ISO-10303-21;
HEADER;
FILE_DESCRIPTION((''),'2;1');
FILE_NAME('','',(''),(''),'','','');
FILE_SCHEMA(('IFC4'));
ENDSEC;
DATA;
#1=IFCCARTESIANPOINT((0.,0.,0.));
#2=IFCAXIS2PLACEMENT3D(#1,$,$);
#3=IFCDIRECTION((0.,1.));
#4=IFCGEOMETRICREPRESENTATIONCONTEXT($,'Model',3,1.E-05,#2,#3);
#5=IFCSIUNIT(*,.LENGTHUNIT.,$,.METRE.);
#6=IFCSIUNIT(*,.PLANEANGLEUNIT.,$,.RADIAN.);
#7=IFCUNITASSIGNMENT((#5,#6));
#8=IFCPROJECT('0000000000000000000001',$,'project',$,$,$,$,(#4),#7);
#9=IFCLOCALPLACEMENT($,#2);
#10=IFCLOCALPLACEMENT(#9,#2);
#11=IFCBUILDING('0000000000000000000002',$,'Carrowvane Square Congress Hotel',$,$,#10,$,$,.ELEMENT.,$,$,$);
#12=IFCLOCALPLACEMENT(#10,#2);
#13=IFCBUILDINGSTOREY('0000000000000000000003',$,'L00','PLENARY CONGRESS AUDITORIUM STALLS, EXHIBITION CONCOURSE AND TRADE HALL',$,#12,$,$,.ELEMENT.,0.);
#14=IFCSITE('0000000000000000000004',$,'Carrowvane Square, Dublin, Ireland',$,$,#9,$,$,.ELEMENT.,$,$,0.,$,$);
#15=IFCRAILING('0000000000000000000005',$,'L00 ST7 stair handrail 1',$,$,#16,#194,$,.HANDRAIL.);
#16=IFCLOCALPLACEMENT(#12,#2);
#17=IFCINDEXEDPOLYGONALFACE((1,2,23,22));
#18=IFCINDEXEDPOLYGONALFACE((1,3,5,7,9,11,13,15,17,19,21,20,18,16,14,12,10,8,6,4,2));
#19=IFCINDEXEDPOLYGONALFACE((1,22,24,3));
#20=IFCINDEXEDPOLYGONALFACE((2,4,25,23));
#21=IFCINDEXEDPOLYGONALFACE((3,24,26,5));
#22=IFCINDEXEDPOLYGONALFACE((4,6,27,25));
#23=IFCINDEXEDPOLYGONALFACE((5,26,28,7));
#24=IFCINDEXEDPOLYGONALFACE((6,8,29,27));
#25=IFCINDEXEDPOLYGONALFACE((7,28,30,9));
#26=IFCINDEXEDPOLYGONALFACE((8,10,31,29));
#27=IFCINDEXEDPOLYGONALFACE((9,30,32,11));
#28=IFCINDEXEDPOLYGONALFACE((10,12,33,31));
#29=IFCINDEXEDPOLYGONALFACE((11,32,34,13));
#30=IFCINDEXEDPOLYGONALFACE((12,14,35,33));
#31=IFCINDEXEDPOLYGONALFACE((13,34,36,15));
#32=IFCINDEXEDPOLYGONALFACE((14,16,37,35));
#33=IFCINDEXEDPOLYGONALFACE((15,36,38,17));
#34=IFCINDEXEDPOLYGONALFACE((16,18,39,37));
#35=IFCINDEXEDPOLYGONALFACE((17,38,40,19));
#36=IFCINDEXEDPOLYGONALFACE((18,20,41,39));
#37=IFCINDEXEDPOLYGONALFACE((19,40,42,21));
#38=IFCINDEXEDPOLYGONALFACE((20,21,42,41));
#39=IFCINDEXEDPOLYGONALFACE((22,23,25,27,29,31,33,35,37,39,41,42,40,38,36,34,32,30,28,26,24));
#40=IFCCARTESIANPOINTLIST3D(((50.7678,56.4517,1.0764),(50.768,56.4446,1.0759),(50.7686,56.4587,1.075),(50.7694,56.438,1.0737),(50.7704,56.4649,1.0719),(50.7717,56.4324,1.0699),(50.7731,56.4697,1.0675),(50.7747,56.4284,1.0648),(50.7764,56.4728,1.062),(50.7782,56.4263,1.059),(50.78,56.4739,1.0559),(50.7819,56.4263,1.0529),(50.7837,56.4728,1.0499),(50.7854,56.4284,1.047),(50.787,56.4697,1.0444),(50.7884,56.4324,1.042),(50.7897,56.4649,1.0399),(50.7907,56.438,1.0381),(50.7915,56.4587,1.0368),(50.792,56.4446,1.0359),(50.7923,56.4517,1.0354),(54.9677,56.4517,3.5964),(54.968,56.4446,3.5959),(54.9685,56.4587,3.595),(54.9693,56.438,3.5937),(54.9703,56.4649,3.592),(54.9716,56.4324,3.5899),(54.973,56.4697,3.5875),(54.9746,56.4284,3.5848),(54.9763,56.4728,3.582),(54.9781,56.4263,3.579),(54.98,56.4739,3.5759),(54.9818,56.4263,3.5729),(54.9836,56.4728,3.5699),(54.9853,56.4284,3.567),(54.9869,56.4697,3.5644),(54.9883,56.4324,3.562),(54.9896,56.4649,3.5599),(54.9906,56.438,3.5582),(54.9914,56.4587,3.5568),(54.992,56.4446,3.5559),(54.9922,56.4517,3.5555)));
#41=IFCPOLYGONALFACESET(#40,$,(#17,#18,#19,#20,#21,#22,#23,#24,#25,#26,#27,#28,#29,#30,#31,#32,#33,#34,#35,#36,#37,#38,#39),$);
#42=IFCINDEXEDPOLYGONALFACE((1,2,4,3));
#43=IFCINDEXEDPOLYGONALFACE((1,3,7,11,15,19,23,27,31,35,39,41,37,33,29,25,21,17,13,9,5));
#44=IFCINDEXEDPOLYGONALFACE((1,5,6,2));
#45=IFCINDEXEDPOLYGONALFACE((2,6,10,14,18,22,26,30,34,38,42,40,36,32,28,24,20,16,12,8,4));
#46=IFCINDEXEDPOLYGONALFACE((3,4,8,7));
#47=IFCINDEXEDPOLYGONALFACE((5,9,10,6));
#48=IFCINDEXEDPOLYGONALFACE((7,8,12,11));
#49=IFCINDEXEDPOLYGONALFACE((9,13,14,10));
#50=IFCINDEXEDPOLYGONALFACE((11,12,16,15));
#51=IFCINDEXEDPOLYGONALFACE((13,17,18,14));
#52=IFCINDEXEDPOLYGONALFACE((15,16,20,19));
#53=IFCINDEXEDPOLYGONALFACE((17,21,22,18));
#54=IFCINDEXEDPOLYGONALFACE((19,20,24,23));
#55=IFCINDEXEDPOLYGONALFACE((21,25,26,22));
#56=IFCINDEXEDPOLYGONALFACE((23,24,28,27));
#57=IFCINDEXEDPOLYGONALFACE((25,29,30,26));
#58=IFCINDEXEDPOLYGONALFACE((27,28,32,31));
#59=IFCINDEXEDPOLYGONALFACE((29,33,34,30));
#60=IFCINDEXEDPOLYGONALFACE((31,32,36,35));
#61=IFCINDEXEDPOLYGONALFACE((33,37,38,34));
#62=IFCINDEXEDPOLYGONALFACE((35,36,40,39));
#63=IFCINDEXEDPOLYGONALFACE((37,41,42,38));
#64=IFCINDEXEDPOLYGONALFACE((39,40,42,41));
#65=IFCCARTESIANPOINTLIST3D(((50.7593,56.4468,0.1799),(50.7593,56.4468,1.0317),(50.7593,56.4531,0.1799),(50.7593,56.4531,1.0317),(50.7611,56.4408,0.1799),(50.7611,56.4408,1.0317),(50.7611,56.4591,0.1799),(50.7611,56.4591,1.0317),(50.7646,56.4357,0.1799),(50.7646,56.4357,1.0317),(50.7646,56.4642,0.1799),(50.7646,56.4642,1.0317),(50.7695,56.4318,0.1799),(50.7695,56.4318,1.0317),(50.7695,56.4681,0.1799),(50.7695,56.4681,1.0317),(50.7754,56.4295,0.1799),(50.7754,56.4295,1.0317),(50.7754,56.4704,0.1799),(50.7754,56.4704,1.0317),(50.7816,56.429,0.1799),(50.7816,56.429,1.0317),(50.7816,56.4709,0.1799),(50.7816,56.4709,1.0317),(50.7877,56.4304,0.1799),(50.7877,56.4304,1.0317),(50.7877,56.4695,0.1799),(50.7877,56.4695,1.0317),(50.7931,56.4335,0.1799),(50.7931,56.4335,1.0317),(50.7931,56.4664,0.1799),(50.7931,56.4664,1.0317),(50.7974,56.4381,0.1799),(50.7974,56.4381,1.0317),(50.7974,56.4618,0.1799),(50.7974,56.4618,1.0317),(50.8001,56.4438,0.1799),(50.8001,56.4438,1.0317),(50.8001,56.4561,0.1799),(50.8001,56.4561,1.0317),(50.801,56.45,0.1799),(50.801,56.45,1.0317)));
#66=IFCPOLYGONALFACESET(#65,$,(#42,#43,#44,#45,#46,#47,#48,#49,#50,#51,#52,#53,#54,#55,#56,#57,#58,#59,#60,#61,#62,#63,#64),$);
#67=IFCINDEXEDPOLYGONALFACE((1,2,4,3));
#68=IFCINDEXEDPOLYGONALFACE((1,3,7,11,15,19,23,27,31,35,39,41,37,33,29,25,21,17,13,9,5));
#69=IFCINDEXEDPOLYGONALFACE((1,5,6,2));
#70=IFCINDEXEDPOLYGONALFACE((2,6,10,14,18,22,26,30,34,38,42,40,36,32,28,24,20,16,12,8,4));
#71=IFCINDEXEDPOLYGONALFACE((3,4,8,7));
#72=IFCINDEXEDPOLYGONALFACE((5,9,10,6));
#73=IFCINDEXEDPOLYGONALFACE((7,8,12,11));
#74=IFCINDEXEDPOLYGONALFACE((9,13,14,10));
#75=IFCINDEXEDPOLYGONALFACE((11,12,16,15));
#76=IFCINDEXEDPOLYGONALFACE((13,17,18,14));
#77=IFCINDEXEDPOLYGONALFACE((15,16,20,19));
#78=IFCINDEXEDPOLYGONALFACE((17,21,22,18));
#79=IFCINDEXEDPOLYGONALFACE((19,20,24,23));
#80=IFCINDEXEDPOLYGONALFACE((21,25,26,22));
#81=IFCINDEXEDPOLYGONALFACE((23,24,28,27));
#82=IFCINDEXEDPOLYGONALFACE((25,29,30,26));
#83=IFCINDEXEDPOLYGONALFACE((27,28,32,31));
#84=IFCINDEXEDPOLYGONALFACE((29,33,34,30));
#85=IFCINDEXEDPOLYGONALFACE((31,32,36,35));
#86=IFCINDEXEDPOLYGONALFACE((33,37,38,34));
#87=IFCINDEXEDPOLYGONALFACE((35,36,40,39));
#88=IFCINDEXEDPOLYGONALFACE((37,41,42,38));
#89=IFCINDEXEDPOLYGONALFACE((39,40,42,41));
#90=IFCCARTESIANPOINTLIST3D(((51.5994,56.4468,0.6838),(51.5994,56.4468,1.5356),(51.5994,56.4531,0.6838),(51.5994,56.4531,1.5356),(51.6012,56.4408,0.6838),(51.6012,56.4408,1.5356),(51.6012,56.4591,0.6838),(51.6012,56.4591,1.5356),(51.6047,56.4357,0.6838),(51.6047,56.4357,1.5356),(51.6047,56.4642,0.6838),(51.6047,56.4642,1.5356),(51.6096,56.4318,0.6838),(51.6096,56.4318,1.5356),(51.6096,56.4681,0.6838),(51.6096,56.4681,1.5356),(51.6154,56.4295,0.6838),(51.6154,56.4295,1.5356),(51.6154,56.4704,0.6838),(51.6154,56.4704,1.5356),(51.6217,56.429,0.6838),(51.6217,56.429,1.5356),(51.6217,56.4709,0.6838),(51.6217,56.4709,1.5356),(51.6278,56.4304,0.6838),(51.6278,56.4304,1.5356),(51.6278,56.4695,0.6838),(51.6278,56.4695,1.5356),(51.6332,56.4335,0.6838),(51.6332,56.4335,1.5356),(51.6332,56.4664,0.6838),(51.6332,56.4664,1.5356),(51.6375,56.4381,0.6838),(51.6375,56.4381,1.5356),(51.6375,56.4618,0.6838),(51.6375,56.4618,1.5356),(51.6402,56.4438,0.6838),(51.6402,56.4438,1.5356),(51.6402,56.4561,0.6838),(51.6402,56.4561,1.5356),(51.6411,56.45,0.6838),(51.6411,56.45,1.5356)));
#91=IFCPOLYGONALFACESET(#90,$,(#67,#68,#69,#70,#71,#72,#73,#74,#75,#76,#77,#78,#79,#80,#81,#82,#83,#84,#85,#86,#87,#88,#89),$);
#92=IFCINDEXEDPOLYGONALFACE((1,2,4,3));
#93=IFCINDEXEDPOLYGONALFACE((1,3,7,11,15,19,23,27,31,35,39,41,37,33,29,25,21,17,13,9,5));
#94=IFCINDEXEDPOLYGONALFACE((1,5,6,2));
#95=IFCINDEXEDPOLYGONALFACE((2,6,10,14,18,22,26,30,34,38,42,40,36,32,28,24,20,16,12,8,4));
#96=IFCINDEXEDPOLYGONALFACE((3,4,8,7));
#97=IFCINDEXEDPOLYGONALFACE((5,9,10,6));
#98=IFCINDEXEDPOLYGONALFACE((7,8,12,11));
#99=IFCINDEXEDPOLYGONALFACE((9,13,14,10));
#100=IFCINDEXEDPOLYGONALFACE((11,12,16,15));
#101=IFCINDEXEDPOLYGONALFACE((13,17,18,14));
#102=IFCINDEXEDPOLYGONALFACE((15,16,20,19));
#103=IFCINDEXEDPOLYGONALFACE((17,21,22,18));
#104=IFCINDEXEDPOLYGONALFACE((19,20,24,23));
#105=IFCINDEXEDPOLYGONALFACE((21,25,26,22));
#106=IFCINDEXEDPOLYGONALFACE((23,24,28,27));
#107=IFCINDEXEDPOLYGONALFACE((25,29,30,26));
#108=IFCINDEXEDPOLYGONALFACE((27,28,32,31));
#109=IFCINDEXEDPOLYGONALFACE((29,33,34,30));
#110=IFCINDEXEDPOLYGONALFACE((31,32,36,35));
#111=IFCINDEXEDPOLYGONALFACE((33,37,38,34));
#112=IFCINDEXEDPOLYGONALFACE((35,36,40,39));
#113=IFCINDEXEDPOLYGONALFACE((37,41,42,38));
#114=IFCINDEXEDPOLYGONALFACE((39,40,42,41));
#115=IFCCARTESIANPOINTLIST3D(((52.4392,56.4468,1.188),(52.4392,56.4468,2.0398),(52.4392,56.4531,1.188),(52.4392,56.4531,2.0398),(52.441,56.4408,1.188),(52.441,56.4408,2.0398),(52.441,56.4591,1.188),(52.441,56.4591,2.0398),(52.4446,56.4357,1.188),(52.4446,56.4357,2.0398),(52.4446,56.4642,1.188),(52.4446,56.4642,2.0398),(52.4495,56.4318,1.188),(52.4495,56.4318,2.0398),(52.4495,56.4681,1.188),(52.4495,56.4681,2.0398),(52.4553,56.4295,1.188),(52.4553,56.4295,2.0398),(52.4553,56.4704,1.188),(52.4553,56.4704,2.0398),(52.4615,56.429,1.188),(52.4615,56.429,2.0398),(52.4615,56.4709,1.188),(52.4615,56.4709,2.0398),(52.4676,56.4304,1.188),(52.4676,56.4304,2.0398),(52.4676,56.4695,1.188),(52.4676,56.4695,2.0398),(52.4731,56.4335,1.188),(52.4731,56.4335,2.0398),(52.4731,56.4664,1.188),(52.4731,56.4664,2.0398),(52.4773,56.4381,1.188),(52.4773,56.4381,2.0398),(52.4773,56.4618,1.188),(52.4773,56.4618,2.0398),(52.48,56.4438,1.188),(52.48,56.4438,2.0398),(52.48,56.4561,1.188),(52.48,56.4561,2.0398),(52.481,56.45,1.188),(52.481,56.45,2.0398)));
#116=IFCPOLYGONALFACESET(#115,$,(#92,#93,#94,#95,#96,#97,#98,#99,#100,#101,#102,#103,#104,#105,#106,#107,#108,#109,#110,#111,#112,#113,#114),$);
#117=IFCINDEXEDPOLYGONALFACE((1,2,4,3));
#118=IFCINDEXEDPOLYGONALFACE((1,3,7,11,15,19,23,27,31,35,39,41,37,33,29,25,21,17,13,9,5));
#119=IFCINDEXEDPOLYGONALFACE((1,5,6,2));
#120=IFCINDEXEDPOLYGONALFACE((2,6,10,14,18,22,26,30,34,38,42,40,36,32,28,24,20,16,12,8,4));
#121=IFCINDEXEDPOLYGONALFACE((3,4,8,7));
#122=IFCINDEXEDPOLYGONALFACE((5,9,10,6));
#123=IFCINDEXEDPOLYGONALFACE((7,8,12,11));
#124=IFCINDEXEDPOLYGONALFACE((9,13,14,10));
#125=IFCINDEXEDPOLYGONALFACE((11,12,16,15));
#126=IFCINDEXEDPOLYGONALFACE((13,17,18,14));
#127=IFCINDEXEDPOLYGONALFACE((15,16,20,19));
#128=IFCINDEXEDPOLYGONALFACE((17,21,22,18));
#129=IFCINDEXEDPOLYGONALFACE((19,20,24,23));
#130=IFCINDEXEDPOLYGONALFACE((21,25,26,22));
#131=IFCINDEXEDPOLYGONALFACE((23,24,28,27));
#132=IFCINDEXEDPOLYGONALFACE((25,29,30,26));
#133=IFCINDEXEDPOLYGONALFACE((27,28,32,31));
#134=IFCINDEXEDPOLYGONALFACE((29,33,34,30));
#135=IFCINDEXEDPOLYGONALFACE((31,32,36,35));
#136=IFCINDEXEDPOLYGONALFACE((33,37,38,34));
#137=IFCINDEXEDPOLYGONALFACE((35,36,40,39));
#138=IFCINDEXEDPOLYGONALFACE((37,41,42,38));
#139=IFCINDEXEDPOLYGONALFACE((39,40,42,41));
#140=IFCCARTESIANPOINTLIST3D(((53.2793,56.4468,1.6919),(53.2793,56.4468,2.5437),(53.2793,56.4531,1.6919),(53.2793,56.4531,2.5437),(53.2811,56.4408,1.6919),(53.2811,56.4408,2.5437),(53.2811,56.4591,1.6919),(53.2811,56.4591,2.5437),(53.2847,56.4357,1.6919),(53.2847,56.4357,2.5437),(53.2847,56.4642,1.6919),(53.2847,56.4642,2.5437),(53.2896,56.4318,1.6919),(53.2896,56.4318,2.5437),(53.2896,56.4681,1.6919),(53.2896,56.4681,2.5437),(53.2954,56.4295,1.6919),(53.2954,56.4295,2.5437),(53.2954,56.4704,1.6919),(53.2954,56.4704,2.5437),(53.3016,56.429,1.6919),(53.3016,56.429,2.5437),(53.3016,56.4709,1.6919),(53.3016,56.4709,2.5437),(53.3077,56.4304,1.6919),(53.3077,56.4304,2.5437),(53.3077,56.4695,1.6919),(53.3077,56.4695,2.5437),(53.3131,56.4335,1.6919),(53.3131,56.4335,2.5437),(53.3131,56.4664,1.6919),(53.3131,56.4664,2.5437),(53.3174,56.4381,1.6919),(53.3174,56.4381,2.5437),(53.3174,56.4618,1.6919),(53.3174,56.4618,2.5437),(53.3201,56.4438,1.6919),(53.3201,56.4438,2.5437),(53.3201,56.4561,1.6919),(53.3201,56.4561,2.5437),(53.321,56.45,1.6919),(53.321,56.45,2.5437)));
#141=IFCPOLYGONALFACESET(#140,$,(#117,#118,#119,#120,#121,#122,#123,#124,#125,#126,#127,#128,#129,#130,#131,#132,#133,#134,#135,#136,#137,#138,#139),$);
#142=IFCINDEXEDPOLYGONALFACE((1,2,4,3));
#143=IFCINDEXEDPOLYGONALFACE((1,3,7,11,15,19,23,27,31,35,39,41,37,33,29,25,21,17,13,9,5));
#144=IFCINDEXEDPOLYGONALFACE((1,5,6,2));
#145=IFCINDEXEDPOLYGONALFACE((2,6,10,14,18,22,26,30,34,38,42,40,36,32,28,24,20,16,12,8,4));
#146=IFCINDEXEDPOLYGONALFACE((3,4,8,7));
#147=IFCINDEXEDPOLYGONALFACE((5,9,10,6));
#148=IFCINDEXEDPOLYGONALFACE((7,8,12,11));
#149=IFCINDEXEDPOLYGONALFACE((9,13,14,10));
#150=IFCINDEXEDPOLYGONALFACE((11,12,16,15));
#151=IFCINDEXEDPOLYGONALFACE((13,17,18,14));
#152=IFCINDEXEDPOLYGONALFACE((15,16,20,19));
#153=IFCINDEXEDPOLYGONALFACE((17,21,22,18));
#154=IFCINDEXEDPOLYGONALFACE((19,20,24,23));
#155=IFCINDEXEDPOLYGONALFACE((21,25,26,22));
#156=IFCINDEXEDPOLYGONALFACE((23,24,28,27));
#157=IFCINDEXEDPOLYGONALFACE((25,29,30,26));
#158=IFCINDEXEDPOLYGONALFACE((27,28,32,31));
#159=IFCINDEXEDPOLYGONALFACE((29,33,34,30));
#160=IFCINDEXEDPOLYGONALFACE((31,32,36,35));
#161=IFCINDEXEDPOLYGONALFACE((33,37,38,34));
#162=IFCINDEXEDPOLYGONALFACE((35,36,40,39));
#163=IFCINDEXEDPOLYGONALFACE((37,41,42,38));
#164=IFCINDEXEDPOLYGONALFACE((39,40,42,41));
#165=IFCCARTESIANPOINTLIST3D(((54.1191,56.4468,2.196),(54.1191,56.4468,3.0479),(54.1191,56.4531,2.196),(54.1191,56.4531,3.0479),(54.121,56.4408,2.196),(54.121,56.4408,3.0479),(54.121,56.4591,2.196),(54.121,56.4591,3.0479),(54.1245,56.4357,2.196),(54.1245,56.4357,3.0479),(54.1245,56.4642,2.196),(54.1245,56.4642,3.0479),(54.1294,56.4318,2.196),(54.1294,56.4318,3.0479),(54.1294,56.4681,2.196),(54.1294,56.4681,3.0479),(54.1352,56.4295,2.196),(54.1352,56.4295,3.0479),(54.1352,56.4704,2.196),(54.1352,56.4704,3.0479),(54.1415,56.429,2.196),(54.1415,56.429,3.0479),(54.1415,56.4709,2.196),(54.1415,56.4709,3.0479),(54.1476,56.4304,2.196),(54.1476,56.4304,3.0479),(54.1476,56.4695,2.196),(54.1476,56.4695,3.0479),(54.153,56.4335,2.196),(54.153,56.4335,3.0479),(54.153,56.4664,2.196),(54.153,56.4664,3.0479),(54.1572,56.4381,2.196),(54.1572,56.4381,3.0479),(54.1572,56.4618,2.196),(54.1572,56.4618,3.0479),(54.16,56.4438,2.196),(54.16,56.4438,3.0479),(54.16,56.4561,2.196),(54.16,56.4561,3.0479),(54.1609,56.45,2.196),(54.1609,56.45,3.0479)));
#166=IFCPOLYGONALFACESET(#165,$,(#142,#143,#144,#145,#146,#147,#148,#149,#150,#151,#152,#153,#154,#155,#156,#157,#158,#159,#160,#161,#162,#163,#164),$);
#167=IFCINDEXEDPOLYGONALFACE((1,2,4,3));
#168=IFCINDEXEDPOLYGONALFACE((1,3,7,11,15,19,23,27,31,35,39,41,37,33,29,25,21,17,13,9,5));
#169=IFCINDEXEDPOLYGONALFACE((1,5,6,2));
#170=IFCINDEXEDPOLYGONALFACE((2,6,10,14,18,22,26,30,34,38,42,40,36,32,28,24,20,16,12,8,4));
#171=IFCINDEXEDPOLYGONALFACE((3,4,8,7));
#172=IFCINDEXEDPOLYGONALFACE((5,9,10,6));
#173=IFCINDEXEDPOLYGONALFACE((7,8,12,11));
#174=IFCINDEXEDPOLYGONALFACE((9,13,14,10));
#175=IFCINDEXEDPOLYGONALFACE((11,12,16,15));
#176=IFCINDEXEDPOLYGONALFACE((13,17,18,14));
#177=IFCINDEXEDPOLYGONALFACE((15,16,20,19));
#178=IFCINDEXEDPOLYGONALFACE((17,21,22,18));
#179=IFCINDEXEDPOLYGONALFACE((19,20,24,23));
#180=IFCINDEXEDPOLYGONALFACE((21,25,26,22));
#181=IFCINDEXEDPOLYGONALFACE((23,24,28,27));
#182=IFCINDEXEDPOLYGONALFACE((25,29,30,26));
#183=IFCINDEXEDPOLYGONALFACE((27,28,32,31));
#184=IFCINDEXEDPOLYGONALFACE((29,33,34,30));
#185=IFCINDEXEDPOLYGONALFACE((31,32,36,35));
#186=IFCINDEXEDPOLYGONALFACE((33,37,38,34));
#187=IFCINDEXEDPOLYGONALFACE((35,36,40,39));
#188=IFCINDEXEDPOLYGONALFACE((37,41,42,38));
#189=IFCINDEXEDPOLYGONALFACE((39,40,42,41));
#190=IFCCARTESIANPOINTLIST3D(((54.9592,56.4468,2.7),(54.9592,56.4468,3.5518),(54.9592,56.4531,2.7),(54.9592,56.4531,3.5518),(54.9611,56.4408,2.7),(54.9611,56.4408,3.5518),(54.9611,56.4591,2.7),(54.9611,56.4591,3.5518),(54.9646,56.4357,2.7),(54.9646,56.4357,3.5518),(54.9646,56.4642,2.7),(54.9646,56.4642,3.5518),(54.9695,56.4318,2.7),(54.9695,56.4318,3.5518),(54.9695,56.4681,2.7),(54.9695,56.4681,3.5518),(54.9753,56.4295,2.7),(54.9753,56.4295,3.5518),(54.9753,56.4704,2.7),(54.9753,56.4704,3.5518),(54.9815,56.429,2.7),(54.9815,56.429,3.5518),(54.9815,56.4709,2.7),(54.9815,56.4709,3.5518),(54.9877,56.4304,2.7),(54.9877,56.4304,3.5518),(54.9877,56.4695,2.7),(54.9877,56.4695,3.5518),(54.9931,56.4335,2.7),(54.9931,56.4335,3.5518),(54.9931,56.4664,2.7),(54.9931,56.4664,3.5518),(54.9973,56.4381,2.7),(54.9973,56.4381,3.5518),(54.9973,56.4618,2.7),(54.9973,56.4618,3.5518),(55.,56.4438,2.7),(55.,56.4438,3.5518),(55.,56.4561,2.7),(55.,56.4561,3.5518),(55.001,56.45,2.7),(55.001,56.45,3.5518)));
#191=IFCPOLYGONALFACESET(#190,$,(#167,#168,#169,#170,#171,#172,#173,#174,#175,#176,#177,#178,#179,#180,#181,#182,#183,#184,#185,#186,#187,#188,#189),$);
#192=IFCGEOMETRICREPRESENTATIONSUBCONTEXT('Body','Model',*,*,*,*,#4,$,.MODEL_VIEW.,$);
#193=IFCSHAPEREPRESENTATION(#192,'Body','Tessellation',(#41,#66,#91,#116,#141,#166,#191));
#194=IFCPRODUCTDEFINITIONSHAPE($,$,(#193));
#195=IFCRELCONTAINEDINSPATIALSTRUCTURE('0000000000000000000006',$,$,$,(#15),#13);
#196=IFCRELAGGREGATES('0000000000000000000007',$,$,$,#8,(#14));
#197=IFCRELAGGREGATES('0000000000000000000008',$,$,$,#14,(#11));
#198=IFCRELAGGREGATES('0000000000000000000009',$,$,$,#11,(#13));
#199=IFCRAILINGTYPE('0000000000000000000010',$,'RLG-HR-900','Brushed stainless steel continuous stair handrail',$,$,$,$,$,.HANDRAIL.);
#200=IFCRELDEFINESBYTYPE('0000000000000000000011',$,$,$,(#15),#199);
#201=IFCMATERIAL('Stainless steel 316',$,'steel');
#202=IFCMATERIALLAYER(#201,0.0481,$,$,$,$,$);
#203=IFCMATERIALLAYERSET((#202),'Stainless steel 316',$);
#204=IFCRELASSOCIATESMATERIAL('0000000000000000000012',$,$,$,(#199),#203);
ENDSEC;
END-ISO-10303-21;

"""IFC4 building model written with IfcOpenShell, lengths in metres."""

from ifc_helpers import new_model, si_unit, direction, frame, origin, origin_2d, place, context, subcontext, project, spatial, circle, extrude, material, layer, layer_set, type_object, element, save


model = new_model("IFC4")

# Units and contexts
model_context = context("Model", 3, precision=1e-05, world=origin(), true_north=direction((0.0, 1.0)))
body_context = subcontext(model_context, "Body", "Model", "MODEL_VIEW")
ifc_project = project(units=[si_unit("LENGTHUNIT", "METRE"), si_unit("PLANEANGLEUNIT", "RADIAN")], contexts=[model_context])

# Site, building, storey
site_placement = place(None, origin())
site = spatial("IfcSite", under=ifc_project, at=site_placement, Name="Carrowvane Square, Dublin, Ireland", CompositionType="ELEMENT", RefElevation=0.0)
building_placement = place(site_placement, origin())
building = spatial("IfcBuilding", under=site, at=building_placement, Name="Carrowvane Square Congress Hotel", CompositionType="ELEMENT")
storey_placement = place(building_placement, origin())
storey = spatial("IfcBuildingStorey", under=building, at=storey_placement, Name="L00", Description="PLENARY CONGRESS AUDITORIUM STALLS, EXHIBITION CONCOURSE AND TRADE HALL", CompositionType="ELEMENT", Elevation=0.0)

# Railing
ifc_material_1 = material(Name="Stainless steel 316", Category="steel")
ifc_layer_1 = layer(ifc_material_1, 0.0481)
ifc_layer_set_1 = layer_set([ifc_layer_1], Name="Stainless steel 316")
railing_type_1 = type_object("IfcRailingType", Name="RLG-HR-900", Description="Brushed stainless steel continuous stair handrail", PredefinedType="HANDRAIL", material=ifc_layer_set_1)
railing_1_placement = place(storey_placement, frame((50.78, 56.45, 0.1799)))
element("IfcRailing", 1, at=railing_1_placement, inside=storey, type_object=railing_type_1, Name="L00 ST7 stair handrail 1", PredefinedType="HANDRAIL", context=body_context, shape_type="SweptSolid", body=[
    extrude(circle(Radius=0.0239, at=origin_2d()), frame((0.0, 0.0, 0.876), z_axis=(0.857489, 0.0, 0.514503), x_axis=(0.0, 1.0, 0.0)), (0.0, 0.0, 1.0), 4.8979),
    extrude(circle(Radius=0.021, at=origin_2d()), origin(), (0.0, 0.0, 1.0), 0.8518),
    extrude(circle(Radius=0.021, at=origin_2d()), frame((0.8401, 0.0, 0.5039)), (0.0, 0.0, 1.0), 0.8518),
    extrude(circle(Radius=0.021, at=origin_2d()), frame((1.6799, 0.0, 1.0081)), (0.0, 0.0, 1.0), 0.8518),
    extrude(circle(Radius=0.021, at=origin_2d()), frame((2.52, 0.0, 1.512)), (0.0, 0.0, 1.0), 0.8518),
    extrude(circle(Radius=0.021, at=origin_2d()), frame((3.3599, 0.0, 2.0161)), (0.0, 0.0, 1.0), 0.8518),
    extrude(circle(Radius=0.021, at=origin_2d()), frame((4.2, 0.0, 2.52)), (0.0, 0.0, 1.0), 0.8518),
])

save(model, "model.ifc")
